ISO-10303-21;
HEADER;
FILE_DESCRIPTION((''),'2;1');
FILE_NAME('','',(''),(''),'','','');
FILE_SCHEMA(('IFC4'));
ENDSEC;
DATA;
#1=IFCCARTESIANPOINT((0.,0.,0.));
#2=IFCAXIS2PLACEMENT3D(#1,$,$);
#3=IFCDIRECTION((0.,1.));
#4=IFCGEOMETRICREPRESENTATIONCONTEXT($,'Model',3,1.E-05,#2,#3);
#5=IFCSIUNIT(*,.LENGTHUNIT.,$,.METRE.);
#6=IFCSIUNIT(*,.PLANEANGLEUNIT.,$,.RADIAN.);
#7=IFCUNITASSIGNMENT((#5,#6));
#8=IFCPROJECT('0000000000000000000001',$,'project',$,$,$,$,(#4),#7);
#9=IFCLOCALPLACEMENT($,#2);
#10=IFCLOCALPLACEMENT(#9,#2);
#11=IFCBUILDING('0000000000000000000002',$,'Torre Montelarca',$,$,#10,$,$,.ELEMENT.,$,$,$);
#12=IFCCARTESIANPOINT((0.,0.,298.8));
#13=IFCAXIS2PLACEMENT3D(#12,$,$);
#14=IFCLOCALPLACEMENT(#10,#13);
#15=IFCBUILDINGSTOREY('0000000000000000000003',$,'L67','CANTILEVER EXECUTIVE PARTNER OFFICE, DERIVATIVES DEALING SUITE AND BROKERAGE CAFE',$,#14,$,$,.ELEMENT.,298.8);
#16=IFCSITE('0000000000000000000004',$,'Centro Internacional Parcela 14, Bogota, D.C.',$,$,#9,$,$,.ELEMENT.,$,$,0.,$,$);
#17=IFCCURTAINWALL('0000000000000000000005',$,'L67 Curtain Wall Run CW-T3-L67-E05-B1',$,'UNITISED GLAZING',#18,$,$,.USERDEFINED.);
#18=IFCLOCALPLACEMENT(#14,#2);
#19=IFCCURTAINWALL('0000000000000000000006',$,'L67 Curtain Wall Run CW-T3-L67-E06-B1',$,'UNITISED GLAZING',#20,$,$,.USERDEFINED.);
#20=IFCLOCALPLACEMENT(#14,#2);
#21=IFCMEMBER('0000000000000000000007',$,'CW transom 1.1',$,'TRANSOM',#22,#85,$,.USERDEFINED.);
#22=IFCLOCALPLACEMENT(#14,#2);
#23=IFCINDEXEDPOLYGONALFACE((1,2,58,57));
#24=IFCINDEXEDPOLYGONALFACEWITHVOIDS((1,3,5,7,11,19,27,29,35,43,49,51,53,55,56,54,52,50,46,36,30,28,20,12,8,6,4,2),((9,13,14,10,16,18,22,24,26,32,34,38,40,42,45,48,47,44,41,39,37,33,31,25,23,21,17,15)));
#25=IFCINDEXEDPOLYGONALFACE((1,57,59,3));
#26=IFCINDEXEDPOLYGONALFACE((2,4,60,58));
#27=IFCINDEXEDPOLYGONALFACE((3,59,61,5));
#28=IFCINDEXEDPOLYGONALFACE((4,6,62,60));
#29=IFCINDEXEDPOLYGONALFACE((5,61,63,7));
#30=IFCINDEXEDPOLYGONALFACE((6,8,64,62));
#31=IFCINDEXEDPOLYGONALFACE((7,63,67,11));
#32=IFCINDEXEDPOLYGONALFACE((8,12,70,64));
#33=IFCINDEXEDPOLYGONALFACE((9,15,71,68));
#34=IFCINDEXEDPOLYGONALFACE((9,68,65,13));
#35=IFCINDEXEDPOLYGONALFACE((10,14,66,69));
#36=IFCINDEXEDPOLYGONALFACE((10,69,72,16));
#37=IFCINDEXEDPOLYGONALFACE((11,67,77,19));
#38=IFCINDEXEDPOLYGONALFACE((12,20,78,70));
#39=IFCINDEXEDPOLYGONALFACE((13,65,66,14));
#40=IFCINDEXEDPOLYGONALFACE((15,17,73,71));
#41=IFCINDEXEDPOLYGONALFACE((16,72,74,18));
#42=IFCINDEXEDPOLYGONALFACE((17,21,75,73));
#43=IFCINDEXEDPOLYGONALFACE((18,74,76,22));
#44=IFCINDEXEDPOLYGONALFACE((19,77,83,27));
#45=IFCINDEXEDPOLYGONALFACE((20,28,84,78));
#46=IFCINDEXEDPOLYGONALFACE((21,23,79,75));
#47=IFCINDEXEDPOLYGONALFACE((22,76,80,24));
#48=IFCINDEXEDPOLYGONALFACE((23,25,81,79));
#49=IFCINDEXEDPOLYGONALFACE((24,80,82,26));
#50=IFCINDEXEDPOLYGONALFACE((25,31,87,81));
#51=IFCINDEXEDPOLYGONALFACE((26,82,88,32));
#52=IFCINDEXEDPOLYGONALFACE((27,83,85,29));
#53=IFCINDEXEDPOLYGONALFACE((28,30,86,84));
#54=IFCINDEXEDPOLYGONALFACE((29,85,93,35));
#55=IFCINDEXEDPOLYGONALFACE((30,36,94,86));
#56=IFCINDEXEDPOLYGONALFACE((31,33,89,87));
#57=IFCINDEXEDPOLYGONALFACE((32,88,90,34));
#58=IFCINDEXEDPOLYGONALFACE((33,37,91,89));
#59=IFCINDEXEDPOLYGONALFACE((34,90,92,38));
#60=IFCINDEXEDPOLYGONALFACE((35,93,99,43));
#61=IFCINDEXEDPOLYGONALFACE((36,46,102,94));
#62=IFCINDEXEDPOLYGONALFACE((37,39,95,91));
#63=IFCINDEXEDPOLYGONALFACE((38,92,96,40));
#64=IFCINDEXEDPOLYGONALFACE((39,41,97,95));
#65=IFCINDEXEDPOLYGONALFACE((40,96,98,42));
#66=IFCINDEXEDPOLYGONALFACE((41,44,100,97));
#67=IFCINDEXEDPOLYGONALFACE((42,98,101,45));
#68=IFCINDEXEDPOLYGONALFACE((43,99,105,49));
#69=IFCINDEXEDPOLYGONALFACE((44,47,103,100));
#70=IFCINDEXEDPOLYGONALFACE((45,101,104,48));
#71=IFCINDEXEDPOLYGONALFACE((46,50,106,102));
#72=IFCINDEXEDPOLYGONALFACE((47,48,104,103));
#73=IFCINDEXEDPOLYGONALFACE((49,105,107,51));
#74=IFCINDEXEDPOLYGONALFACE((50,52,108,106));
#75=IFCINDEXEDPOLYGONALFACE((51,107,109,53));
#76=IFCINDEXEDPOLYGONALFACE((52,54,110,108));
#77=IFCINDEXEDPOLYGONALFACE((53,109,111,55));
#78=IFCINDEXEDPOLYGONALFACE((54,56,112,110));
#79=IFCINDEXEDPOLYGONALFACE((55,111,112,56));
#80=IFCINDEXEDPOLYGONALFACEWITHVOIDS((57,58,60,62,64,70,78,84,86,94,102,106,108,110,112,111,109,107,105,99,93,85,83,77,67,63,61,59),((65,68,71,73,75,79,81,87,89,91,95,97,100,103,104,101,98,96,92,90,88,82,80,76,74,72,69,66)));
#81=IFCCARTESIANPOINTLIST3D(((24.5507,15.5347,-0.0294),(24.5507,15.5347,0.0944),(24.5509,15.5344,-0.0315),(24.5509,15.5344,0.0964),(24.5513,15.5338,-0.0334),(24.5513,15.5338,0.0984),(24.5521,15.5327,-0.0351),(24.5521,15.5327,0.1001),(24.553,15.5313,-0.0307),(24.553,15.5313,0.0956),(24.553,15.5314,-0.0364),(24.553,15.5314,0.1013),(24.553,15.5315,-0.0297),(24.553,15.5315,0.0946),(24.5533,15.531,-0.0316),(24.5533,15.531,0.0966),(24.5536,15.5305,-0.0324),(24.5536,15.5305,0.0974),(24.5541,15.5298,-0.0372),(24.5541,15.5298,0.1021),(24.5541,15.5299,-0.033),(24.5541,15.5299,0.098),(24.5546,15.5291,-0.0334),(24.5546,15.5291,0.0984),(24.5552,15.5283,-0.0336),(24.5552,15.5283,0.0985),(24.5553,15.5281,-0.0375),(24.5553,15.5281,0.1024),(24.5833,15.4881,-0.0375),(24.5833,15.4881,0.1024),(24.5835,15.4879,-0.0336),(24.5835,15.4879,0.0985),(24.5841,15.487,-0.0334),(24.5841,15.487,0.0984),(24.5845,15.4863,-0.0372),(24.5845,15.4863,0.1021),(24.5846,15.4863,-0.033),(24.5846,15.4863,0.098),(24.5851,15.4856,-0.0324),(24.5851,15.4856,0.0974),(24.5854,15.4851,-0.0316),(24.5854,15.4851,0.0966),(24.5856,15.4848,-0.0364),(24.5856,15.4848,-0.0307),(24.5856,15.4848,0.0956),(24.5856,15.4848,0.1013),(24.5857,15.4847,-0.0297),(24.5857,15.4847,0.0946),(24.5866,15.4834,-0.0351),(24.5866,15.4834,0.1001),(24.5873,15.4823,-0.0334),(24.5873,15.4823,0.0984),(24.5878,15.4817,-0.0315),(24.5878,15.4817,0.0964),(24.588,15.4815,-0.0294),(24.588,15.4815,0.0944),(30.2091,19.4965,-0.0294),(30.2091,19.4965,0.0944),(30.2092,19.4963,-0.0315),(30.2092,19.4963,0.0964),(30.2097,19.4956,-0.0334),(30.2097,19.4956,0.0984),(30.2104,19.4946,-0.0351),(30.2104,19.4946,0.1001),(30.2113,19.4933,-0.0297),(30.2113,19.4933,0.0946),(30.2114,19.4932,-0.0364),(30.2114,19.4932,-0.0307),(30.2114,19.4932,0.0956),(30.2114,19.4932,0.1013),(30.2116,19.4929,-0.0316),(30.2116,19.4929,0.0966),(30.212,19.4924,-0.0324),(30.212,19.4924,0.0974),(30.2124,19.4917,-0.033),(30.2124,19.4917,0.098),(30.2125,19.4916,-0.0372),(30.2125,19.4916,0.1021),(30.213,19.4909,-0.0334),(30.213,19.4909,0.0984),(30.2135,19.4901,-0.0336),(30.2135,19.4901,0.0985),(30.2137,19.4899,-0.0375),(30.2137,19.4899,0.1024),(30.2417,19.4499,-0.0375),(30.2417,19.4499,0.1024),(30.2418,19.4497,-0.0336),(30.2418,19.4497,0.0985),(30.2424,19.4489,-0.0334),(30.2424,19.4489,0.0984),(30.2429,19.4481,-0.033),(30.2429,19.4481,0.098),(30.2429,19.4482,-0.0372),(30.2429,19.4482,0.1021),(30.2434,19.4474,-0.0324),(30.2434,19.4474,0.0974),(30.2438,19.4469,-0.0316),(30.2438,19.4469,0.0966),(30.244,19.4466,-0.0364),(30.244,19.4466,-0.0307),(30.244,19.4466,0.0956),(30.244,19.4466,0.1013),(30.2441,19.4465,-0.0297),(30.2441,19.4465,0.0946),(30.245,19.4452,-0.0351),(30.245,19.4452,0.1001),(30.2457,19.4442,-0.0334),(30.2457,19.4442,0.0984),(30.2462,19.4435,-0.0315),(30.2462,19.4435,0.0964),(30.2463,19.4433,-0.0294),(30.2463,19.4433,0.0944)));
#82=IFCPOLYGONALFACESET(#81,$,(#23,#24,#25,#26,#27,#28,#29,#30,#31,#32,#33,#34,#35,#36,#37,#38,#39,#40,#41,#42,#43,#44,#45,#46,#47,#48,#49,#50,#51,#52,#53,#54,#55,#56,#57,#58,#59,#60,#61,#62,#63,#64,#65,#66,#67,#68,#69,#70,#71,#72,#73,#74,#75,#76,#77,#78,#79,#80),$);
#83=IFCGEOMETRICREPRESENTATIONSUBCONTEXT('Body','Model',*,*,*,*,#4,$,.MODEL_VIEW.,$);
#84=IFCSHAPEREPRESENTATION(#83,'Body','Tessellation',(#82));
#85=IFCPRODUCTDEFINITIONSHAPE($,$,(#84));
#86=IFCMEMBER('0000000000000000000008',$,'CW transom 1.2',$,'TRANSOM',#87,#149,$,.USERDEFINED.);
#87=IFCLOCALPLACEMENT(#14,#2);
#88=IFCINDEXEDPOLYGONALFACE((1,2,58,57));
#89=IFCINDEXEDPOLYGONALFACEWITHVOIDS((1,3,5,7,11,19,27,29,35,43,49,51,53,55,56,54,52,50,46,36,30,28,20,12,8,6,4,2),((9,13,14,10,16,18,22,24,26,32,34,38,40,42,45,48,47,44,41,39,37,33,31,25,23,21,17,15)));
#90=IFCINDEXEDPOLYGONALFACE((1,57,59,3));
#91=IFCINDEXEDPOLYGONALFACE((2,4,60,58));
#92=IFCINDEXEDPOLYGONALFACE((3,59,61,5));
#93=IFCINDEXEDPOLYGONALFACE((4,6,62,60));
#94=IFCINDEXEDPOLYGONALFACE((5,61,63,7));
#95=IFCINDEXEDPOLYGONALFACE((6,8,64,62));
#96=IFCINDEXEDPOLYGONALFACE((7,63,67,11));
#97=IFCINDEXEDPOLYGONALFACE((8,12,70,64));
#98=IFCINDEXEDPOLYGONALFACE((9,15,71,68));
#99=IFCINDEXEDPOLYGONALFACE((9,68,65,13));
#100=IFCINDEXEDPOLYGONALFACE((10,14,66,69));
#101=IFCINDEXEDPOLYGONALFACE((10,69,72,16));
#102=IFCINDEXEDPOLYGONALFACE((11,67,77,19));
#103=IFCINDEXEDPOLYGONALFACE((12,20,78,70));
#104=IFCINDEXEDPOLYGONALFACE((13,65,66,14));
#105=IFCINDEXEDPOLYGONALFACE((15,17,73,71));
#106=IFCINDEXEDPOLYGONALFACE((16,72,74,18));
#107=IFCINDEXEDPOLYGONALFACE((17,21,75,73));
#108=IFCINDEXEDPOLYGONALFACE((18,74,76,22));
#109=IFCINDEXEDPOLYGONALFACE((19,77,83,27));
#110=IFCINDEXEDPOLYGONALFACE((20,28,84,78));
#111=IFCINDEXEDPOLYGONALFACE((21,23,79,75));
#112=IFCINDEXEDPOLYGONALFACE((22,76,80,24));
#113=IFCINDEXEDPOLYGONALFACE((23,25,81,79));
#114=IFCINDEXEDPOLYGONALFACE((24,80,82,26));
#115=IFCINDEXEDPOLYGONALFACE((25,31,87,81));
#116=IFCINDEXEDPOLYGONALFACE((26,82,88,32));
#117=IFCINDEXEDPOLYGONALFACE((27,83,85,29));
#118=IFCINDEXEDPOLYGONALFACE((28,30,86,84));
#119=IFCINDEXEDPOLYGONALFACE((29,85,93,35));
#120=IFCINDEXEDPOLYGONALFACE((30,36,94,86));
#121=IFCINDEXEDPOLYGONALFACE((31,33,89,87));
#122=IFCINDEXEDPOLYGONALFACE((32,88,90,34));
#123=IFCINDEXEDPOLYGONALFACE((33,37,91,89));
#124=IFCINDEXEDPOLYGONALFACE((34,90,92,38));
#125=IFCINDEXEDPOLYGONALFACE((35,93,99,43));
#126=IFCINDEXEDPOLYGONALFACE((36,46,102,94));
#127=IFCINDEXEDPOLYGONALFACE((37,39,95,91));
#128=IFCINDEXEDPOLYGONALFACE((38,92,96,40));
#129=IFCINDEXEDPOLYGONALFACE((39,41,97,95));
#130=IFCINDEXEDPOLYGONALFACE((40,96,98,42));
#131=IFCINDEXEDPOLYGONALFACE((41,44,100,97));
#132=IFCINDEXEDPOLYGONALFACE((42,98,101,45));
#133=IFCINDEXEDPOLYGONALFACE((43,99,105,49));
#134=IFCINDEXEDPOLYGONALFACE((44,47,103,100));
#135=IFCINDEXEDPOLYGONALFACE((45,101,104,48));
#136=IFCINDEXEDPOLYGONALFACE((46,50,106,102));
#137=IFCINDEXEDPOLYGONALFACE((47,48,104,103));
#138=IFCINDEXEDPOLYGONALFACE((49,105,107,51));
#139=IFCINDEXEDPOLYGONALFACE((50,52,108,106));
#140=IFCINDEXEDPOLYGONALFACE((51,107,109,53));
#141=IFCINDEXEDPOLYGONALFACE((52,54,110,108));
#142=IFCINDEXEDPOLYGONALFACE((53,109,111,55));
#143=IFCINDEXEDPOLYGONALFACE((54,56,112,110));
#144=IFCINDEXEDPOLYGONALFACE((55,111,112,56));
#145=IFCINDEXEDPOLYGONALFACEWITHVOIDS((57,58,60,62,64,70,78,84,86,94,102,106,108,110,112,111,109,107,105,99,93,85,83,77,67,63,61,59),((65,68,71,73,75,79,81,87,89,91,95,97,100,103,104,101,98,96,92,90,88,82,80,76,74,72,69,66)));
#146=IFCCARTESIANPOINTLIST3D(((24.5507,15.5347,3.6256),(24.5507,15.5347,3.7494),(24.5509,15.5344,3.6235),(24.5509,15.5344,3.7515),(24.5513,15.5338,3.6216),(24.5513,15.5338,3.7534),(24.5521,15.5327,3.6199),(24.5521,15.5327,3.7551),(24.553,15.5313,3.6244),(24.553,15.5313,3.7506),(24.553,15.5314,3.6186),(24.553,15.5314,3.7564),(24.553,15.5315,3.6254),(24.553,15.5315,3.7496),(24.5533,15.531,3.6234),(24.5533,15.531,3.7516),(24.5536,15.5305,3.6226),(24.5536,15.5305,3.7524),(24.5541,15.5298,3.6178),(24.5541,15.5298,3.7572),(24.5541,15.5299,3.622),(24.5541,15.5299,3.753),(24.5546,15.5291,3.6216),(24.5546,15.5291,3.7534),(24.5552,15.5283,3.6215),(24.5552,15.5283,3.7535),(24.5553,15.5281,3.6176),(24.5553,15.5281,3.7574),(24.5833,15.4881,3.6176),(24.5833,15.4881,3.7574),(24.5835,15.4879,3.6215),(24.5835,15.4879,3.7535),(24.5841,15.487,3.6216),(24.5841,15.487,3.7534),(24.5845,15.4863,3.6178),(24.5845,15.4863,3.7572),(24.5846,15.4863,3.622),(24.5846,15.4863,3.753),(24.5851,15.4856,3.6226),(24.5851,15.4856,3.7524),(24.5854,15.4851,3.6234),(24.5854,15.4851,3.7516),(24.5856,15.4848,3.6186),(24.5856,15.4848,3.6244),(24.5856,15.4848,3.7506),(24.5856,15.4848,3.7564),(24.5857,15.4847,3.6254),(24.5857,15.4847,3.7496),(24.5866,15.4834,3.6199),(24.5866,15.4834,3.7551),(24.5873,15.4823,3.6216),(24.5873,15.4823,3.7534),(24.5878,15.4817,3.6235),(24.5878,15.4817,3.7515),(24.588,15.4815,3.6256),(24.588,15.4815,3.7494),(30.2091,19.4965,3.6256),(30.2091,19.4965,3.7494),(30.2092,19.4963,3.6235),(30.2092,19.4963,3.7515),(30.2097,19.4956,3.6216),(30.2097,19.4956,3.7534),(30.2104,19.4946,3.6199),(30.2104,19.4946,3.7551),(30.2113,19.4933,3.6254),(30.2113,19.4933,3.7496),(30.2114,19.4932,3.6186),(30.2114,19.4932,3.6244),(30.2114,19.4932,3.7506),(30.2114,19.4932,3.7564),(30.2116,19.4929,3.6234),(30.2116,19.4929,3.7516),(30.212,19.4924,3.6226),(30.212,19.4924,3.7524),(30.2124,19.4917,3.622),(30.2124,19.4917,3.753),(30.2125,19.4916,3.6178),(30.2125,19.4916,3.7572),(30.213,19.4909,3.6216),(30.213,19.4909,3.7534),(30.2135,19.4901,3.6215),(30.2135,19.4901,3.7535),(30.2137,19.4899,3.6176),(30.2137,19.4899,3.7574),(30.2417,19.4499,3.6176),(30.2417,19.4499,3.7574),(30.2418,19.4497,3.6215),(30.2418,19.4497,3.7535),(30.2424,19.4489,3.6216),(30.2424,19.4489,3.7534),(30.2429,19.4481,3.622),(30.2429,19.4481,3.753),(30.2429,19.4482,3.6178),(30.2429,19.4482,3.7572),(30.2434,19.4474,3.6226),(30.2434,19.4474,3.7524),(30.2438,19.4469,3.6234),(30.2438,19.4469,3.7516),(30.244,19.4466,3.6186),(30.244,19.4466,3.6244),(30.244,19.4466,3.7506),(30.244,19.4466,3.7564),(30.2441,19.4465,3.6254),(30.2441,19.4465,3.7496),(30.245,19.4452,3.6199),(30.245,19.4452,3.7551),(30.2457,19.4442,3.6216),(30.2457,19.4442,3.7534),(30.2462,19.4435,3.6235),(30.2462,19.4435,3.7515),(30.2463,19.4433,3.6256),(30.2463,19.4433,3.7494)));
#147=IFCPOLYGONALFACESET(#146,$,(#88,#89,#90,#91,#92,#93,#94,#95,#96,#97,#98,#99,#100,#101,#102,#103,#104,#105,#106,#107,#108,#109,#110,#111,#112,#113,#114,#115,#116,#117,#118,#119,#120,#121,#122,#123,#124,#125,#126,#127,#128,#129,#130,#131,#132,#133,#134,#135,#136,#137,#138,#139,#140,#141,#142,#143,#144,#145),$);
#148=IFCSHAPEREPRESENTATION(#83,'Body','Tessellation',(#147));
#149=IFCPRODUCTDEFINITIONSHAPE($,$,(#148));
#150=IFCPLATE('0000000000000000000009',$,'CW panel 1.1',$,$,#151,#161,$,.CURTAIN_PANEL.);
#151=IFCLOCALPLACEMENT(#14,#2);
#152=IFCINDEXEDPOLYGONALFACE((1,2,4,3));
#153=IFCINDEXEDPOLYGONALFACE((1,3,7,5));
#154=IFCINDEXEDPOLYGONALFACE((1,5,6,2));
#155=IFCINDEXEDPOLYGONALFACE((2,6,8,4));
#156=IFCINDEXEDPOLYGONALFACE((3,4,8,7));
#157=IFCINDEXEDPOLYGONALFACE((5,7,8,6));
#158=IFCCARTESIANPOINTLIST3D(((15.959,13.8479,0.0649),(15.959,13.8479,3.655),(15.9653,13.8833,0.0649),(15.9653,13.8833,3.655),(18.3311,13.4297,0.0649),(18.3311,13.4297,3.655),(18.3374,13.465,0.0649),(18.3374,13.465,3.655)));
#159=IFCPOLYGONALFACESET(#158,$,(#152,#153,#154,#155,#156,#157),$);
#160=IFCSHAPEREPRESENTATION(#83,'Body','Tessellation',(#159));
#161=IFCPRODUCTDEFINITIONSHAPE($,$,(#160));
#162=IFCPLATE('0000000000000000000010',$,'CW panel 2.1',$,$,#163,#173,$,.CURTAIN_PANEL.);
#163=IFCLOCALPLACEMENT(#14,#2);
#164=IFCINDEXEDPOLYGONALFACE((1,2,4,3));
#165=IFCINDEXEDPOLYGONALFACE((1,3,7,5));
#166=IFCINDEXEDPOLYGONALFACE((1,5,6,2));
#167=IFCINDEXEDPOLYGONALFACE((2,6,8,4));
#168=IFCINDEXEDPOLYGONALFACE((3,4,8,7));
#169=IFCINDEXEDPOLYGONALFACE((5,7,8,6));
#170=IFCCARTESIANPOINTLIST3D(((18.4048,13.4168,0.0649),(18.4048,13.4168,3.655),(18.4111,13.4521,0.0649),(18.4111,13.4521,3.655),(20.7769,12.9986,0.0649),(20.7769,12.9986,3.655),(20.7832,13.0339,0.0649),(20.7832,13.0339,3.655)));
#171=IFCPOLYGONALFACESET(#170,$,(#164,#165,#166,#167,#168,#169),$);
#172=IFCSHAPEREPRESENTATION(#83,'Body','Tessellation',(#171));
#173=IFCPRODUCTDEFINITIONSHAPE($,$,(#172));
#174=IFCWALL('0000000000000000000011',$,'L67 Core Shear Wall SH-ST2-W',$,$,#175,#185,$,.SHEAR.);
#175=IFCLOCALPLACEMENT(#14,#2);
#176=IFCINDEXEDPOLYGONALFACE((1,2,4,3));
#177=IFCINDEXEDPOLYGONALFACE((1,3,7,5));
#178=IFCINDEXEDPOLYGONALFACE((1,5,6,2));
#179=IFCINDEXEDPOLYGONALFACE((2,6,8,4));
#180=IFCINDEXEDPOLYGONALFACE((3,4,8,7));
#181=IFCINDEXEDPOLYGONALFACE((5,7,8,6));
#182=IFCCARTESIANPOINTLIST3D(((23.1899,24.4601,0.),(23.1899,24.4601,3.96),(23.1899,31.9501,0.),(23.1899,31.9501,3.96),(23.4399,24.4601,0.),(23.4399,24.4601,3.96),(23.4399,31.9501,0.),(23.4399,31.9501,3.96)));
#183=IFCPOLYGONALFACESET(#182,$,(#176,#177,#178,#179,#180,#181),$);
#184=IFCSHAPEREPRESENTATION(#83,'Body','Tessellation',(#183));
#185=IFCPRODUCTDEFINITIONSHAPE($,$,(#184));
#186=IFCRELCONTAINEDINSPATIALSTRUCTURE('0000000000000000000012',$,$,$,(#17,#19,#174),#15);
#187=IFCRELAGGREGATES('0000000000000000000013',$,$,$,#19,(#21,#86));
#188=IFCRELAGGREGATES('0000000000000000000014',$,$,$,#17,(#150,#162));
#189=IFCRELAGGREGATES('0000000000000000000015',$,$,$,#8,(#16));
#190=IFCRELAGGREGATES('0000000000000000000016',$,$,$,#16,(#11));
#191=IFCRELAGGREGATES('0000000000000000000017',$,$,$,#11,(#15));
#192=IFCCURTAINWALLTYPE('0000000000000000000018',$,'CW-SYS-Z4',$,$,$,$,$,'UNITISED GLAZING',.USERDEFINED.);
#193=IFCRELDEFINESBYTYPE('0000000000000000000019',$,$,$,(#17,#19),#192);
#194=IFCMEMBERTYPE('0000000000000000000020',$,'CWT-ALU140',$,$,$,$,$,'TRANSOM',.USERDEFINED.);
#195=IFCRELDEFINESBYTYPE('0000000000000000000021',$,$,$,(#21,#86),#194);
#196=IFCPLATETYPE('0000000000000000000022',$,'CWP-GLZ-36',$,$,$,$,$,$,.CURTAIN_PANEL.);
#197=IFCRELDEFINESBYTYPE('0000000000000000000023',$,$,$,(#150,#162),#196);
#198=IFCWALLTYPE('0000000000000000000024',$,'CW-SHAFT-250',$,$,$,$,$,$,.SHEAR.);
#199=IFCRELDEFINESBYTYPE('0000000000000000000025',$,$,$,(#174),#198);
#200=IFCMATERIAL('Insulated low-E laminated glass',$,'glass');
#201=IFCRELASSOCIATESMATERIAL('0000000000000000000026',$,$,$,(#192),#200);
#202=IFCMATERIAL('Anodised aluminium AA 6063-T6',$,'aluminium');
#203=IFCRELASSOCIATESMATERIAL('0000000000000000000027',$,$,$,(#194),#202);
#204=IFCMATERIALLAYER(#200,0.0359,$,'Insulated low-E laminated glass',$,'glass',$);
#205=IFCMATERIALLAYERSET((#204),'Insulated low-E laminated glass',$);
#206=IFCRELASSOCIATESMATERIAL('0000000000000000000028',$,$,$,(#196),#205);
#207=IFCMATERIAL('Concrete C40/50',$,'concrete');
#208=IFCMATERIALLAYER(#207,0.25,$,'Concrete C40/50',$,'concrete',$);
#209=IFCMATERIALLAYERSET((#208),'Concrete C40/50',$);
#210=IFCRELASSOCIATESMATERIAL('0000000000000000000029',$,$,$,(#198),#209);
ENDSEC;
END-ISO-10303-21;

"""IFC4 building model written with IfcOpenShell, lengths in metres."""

from ifc_helpers import new_model, si_unit, direction, frame, frame_2d, origin, origin_2d, place, context, subcontext, project, spatial, rectangle, hollow_rectangle, extrude, source, transform, mapped, material, layer, layer_set, material_profile, profile_set, type_object, element, aggregate, save


model = new_model("IFC4")

# Units and contexts
model_context = context("Model", 3, precision=1e-05, world=origin(), true_north=direction((0.0, 1.0)))
body_context = subcontext(model_context, "Body", "Model", "MODEL_VIEW")
ifc_project = project(units=[si_unit("LENGTHUNIT", "METRE"), si_unit("PLANEANGLEUNIT", "RADIAN")], contexts=[model_context])

# Site, building, storey
site_placement = place(None, origin())
site = spatial("IfcSite", under=ifc_project, at=site_placement, Name="Centro Internacional Parcela 14, Bogota, D.C.", CompositionType="ELEMENT", RefElevation=0.0)
building_placement = place(site_placement, origin())
building = spatial("IfcBuilding", under=site, at=building_placement, Name="Torre Montelarca", CompositionType="ELEMENT")
storey_placement = place(building_placement, frame((0.0, 0.0, 298.8)))
storey = spatial("IfcBuildingStorey", under=building, at=storey_placement, Name="L67", Description="CANTILEVER EXECUTIVE PARTNER OFFICE, DERIVATIVES DEALING SUITE AND BROKERAGE CAFE", CompositionType="ELEMENT", Elevation=298.8)

# Curtain wall
ifc_material_1 = material(Name="Insulated low-E laminated glass", Category="glass")
curtain_wall_type = type_object("IfcCurtainWallType", Name="CW-SYS-Z4", ElementType="UNITISED GLAZING", PredefinedType="USERDEFINED", material=ifc_material_1)
curtain_wall_1_placement = place(storey_placement, origin())
curtain_wall_1 = element("IfcCurtainWall", 1, at=curtain_wall_1_placement, inside=storey, type_object=curtain_wall_type, Name="L67 Curtain Wall Run CW-T3-L67-E05-B1", ObjectType="UNITISED GLAZING", PredefinedType="USERDEFINED")
ifc_material_2 = material(Name="Anodised aluminium AA 6063-T6", Category="aluminium")

# Curtain wall
curtain_wall_2_placement = place(storey_placement, origin())
curtain_wall_2 = element("IfcCurtainWall", 2, at=curtain_wall_2_placement, inside=storey, type_object=curtain_wall_type, Name="L67 Curtain Wall Run CW-T3-L67-E06-B1", ObjectType="UNITISED GLAZING", PredefinedType="USERDEFINED")

# Members
ifc_material_profile_1 = material_profile(ifc_material_2, hollow_rectangle(XDim=0.0649, YDim=0.1399, WallThickness=0.0039, InnerFilletRadius=0.0039, OuterFilletRadius=0.0081, at=origin_2d()), Name="ALU65X140X4", Category="aluminium")
ifc_profile_set_1 = profile_set([ifc_material_profile_1], Name="Anodised aluminium AA 6063-T6")
member_type_1 = type_object("IfcMemberType", Name="CWT-ALU140", ElementType="TRANSOM", PredefinedType="USERDEFINED", material=ifc_profile_set_1)
shared_shape_1 = source(origin(), body_context, "Body", "SweptSolid", [
    extrude(hollow_rectangle(XDim=0.0649, YDim=0.1399, WallThickness=0.0039, InnerFilletRadius=0.0039, OuterFilletRadius=0.0081, at=origin_2d()), origin(), (0.0, 0.0, 1.0), 6.9075),
])
member_1_placement = place(storey_placement, frame((24.5693, 15.5081, 0.0325), z_axis=(0.819164, 0.57356, 0.0), x_axis=(-0.57356, 0.819164, 0.0)))
member_1 = element("IfcMember", 3, at=member_1_placement, type_object=member_type_1, Name="CW transom 1.1", ObjectType="TRANSOM", PredefinedType="USERDEFINED", context=body_context, shape_type="MappedRepresentation", body=[
    mapped(shared_shape_1, transform((0.0, 0.0, 0.0), scale=1.0)),
])
member_2_placement = place(storey_placement, frame((24.5693, 15.5081, 3.6875), z_axis=(0.819164, 0.57356, 0.0), x_axis=(-0.57356, 0.819164, 0.0)))
member_2 = element("IfcMember", 4, at=member_2_placement, type_object=member_type_1, Name="CW transom 1.2", ObjectType="TRANSOM", PredefinedType="USERDEFINED", context=body_context, shape_type="MappedRepresentation", body=[
    mapped(shared_shape_1, transform((0.0, 0.0, 0.0), scale=1.0)),
])
aggregate(curtain_wall_2, [member_1, member_2])

# Plates
ifc_layer_1 = layer(ifc_material_1, 0.0359, Name="Insulated low-E laminated glass", Category="glass")
ifc_layer_set_1 = layer_set([ifc_layer_1], Name="Insulated low-E laminated glass")
plate_type = type_object("IfcPlateType", Name="CWP-GLZ-36", PredefinedType="CURTAIN_PANEL", material=ifc_layer_set_1)
shared_shape_2 = source(origin(), body_context, "Body", "SweptSolid", [
    extrude(rectangle(XDim=2.4087, YDim=0.0359, at=origin_2d()), origin(), (0.0, 0.0, 1.0), 3.5901),
])
plate_1_placement = place(storey_placement, frame((17.1482, 13.6565, 0.0649), z_axis=(0.0, 0.0, 1.0), x_axis=(0.98481, -0.173635, 0.0)))
plate_1 = element("IfcPlate", 5, at=plate_1_placement, type_object=plate_type, Name="CW panel 1.1", PredefinedType="CURTAIN_PANEL", context=body_context, shape_type="MappedRepresentation", body=[
    mapped(shared_shape_2, transform((0.0, 0.0, 0.0), scale=1.0)),
])
plate_2_placement = place(storey_placement, frame((19.594, 13.2253, 0.0649), z_axis=(0.0, 0.0, 1.0), x_axis=(0.98481, -0.173635, 0.0)))
plate_2 = element("IfcPlate", 6, at=plate_2_placement, type_object=plate_type, Name="CW panel 2.1", PredefinedType="CURTAIN_PANEL", context=body_context, shape_type="MappedRepresentation", body=[
    mapped(shared_shape_2, transform((0.0, 0.0, 0.0), scale=1.0)),
])
aggregate(curtain_wall_1, [plate_1, plate_2])

# Wall
ifc_material_3 = material(Name="Concrete C40/50", Category="concrete")
ifc_layer_2 = layer(ifc_material_3, 0.25, Name="Concrete C40/50", Category="concrete")
ifc_layer_set_2 = layer_set([ifc_layer_2], Name="Concrete C40/50")
wall_type_1 = type_object("IfcWallType", Name="CW-SHAFT-250", PredefinedType="SHEAR", material=ifc_layer_set_2)
wall_1_placement = place(storey_placement, frame((23.3149, 24.46, 0.0), z_axis=(0.0, 0.0, 1.0), x_axis=(0.0, 1.0, 0.0)))
element("IfcWall", 7, at=wall_1_placement, inside=storey, type_object=wall_type_1, Name="L67 Core Shear Wall SH-ST2-W", PredefinedType="SHEAR", context=body_context, shape_type="SweptSolid", body=[
    extrude(rectangle(XDim=7.49, YDim=0.25, at=frame_2d((3.7451, 0.0))), origin(), (0.0, 0.0, 1.0), 3.96),
])

save(model, "model.ifc")
